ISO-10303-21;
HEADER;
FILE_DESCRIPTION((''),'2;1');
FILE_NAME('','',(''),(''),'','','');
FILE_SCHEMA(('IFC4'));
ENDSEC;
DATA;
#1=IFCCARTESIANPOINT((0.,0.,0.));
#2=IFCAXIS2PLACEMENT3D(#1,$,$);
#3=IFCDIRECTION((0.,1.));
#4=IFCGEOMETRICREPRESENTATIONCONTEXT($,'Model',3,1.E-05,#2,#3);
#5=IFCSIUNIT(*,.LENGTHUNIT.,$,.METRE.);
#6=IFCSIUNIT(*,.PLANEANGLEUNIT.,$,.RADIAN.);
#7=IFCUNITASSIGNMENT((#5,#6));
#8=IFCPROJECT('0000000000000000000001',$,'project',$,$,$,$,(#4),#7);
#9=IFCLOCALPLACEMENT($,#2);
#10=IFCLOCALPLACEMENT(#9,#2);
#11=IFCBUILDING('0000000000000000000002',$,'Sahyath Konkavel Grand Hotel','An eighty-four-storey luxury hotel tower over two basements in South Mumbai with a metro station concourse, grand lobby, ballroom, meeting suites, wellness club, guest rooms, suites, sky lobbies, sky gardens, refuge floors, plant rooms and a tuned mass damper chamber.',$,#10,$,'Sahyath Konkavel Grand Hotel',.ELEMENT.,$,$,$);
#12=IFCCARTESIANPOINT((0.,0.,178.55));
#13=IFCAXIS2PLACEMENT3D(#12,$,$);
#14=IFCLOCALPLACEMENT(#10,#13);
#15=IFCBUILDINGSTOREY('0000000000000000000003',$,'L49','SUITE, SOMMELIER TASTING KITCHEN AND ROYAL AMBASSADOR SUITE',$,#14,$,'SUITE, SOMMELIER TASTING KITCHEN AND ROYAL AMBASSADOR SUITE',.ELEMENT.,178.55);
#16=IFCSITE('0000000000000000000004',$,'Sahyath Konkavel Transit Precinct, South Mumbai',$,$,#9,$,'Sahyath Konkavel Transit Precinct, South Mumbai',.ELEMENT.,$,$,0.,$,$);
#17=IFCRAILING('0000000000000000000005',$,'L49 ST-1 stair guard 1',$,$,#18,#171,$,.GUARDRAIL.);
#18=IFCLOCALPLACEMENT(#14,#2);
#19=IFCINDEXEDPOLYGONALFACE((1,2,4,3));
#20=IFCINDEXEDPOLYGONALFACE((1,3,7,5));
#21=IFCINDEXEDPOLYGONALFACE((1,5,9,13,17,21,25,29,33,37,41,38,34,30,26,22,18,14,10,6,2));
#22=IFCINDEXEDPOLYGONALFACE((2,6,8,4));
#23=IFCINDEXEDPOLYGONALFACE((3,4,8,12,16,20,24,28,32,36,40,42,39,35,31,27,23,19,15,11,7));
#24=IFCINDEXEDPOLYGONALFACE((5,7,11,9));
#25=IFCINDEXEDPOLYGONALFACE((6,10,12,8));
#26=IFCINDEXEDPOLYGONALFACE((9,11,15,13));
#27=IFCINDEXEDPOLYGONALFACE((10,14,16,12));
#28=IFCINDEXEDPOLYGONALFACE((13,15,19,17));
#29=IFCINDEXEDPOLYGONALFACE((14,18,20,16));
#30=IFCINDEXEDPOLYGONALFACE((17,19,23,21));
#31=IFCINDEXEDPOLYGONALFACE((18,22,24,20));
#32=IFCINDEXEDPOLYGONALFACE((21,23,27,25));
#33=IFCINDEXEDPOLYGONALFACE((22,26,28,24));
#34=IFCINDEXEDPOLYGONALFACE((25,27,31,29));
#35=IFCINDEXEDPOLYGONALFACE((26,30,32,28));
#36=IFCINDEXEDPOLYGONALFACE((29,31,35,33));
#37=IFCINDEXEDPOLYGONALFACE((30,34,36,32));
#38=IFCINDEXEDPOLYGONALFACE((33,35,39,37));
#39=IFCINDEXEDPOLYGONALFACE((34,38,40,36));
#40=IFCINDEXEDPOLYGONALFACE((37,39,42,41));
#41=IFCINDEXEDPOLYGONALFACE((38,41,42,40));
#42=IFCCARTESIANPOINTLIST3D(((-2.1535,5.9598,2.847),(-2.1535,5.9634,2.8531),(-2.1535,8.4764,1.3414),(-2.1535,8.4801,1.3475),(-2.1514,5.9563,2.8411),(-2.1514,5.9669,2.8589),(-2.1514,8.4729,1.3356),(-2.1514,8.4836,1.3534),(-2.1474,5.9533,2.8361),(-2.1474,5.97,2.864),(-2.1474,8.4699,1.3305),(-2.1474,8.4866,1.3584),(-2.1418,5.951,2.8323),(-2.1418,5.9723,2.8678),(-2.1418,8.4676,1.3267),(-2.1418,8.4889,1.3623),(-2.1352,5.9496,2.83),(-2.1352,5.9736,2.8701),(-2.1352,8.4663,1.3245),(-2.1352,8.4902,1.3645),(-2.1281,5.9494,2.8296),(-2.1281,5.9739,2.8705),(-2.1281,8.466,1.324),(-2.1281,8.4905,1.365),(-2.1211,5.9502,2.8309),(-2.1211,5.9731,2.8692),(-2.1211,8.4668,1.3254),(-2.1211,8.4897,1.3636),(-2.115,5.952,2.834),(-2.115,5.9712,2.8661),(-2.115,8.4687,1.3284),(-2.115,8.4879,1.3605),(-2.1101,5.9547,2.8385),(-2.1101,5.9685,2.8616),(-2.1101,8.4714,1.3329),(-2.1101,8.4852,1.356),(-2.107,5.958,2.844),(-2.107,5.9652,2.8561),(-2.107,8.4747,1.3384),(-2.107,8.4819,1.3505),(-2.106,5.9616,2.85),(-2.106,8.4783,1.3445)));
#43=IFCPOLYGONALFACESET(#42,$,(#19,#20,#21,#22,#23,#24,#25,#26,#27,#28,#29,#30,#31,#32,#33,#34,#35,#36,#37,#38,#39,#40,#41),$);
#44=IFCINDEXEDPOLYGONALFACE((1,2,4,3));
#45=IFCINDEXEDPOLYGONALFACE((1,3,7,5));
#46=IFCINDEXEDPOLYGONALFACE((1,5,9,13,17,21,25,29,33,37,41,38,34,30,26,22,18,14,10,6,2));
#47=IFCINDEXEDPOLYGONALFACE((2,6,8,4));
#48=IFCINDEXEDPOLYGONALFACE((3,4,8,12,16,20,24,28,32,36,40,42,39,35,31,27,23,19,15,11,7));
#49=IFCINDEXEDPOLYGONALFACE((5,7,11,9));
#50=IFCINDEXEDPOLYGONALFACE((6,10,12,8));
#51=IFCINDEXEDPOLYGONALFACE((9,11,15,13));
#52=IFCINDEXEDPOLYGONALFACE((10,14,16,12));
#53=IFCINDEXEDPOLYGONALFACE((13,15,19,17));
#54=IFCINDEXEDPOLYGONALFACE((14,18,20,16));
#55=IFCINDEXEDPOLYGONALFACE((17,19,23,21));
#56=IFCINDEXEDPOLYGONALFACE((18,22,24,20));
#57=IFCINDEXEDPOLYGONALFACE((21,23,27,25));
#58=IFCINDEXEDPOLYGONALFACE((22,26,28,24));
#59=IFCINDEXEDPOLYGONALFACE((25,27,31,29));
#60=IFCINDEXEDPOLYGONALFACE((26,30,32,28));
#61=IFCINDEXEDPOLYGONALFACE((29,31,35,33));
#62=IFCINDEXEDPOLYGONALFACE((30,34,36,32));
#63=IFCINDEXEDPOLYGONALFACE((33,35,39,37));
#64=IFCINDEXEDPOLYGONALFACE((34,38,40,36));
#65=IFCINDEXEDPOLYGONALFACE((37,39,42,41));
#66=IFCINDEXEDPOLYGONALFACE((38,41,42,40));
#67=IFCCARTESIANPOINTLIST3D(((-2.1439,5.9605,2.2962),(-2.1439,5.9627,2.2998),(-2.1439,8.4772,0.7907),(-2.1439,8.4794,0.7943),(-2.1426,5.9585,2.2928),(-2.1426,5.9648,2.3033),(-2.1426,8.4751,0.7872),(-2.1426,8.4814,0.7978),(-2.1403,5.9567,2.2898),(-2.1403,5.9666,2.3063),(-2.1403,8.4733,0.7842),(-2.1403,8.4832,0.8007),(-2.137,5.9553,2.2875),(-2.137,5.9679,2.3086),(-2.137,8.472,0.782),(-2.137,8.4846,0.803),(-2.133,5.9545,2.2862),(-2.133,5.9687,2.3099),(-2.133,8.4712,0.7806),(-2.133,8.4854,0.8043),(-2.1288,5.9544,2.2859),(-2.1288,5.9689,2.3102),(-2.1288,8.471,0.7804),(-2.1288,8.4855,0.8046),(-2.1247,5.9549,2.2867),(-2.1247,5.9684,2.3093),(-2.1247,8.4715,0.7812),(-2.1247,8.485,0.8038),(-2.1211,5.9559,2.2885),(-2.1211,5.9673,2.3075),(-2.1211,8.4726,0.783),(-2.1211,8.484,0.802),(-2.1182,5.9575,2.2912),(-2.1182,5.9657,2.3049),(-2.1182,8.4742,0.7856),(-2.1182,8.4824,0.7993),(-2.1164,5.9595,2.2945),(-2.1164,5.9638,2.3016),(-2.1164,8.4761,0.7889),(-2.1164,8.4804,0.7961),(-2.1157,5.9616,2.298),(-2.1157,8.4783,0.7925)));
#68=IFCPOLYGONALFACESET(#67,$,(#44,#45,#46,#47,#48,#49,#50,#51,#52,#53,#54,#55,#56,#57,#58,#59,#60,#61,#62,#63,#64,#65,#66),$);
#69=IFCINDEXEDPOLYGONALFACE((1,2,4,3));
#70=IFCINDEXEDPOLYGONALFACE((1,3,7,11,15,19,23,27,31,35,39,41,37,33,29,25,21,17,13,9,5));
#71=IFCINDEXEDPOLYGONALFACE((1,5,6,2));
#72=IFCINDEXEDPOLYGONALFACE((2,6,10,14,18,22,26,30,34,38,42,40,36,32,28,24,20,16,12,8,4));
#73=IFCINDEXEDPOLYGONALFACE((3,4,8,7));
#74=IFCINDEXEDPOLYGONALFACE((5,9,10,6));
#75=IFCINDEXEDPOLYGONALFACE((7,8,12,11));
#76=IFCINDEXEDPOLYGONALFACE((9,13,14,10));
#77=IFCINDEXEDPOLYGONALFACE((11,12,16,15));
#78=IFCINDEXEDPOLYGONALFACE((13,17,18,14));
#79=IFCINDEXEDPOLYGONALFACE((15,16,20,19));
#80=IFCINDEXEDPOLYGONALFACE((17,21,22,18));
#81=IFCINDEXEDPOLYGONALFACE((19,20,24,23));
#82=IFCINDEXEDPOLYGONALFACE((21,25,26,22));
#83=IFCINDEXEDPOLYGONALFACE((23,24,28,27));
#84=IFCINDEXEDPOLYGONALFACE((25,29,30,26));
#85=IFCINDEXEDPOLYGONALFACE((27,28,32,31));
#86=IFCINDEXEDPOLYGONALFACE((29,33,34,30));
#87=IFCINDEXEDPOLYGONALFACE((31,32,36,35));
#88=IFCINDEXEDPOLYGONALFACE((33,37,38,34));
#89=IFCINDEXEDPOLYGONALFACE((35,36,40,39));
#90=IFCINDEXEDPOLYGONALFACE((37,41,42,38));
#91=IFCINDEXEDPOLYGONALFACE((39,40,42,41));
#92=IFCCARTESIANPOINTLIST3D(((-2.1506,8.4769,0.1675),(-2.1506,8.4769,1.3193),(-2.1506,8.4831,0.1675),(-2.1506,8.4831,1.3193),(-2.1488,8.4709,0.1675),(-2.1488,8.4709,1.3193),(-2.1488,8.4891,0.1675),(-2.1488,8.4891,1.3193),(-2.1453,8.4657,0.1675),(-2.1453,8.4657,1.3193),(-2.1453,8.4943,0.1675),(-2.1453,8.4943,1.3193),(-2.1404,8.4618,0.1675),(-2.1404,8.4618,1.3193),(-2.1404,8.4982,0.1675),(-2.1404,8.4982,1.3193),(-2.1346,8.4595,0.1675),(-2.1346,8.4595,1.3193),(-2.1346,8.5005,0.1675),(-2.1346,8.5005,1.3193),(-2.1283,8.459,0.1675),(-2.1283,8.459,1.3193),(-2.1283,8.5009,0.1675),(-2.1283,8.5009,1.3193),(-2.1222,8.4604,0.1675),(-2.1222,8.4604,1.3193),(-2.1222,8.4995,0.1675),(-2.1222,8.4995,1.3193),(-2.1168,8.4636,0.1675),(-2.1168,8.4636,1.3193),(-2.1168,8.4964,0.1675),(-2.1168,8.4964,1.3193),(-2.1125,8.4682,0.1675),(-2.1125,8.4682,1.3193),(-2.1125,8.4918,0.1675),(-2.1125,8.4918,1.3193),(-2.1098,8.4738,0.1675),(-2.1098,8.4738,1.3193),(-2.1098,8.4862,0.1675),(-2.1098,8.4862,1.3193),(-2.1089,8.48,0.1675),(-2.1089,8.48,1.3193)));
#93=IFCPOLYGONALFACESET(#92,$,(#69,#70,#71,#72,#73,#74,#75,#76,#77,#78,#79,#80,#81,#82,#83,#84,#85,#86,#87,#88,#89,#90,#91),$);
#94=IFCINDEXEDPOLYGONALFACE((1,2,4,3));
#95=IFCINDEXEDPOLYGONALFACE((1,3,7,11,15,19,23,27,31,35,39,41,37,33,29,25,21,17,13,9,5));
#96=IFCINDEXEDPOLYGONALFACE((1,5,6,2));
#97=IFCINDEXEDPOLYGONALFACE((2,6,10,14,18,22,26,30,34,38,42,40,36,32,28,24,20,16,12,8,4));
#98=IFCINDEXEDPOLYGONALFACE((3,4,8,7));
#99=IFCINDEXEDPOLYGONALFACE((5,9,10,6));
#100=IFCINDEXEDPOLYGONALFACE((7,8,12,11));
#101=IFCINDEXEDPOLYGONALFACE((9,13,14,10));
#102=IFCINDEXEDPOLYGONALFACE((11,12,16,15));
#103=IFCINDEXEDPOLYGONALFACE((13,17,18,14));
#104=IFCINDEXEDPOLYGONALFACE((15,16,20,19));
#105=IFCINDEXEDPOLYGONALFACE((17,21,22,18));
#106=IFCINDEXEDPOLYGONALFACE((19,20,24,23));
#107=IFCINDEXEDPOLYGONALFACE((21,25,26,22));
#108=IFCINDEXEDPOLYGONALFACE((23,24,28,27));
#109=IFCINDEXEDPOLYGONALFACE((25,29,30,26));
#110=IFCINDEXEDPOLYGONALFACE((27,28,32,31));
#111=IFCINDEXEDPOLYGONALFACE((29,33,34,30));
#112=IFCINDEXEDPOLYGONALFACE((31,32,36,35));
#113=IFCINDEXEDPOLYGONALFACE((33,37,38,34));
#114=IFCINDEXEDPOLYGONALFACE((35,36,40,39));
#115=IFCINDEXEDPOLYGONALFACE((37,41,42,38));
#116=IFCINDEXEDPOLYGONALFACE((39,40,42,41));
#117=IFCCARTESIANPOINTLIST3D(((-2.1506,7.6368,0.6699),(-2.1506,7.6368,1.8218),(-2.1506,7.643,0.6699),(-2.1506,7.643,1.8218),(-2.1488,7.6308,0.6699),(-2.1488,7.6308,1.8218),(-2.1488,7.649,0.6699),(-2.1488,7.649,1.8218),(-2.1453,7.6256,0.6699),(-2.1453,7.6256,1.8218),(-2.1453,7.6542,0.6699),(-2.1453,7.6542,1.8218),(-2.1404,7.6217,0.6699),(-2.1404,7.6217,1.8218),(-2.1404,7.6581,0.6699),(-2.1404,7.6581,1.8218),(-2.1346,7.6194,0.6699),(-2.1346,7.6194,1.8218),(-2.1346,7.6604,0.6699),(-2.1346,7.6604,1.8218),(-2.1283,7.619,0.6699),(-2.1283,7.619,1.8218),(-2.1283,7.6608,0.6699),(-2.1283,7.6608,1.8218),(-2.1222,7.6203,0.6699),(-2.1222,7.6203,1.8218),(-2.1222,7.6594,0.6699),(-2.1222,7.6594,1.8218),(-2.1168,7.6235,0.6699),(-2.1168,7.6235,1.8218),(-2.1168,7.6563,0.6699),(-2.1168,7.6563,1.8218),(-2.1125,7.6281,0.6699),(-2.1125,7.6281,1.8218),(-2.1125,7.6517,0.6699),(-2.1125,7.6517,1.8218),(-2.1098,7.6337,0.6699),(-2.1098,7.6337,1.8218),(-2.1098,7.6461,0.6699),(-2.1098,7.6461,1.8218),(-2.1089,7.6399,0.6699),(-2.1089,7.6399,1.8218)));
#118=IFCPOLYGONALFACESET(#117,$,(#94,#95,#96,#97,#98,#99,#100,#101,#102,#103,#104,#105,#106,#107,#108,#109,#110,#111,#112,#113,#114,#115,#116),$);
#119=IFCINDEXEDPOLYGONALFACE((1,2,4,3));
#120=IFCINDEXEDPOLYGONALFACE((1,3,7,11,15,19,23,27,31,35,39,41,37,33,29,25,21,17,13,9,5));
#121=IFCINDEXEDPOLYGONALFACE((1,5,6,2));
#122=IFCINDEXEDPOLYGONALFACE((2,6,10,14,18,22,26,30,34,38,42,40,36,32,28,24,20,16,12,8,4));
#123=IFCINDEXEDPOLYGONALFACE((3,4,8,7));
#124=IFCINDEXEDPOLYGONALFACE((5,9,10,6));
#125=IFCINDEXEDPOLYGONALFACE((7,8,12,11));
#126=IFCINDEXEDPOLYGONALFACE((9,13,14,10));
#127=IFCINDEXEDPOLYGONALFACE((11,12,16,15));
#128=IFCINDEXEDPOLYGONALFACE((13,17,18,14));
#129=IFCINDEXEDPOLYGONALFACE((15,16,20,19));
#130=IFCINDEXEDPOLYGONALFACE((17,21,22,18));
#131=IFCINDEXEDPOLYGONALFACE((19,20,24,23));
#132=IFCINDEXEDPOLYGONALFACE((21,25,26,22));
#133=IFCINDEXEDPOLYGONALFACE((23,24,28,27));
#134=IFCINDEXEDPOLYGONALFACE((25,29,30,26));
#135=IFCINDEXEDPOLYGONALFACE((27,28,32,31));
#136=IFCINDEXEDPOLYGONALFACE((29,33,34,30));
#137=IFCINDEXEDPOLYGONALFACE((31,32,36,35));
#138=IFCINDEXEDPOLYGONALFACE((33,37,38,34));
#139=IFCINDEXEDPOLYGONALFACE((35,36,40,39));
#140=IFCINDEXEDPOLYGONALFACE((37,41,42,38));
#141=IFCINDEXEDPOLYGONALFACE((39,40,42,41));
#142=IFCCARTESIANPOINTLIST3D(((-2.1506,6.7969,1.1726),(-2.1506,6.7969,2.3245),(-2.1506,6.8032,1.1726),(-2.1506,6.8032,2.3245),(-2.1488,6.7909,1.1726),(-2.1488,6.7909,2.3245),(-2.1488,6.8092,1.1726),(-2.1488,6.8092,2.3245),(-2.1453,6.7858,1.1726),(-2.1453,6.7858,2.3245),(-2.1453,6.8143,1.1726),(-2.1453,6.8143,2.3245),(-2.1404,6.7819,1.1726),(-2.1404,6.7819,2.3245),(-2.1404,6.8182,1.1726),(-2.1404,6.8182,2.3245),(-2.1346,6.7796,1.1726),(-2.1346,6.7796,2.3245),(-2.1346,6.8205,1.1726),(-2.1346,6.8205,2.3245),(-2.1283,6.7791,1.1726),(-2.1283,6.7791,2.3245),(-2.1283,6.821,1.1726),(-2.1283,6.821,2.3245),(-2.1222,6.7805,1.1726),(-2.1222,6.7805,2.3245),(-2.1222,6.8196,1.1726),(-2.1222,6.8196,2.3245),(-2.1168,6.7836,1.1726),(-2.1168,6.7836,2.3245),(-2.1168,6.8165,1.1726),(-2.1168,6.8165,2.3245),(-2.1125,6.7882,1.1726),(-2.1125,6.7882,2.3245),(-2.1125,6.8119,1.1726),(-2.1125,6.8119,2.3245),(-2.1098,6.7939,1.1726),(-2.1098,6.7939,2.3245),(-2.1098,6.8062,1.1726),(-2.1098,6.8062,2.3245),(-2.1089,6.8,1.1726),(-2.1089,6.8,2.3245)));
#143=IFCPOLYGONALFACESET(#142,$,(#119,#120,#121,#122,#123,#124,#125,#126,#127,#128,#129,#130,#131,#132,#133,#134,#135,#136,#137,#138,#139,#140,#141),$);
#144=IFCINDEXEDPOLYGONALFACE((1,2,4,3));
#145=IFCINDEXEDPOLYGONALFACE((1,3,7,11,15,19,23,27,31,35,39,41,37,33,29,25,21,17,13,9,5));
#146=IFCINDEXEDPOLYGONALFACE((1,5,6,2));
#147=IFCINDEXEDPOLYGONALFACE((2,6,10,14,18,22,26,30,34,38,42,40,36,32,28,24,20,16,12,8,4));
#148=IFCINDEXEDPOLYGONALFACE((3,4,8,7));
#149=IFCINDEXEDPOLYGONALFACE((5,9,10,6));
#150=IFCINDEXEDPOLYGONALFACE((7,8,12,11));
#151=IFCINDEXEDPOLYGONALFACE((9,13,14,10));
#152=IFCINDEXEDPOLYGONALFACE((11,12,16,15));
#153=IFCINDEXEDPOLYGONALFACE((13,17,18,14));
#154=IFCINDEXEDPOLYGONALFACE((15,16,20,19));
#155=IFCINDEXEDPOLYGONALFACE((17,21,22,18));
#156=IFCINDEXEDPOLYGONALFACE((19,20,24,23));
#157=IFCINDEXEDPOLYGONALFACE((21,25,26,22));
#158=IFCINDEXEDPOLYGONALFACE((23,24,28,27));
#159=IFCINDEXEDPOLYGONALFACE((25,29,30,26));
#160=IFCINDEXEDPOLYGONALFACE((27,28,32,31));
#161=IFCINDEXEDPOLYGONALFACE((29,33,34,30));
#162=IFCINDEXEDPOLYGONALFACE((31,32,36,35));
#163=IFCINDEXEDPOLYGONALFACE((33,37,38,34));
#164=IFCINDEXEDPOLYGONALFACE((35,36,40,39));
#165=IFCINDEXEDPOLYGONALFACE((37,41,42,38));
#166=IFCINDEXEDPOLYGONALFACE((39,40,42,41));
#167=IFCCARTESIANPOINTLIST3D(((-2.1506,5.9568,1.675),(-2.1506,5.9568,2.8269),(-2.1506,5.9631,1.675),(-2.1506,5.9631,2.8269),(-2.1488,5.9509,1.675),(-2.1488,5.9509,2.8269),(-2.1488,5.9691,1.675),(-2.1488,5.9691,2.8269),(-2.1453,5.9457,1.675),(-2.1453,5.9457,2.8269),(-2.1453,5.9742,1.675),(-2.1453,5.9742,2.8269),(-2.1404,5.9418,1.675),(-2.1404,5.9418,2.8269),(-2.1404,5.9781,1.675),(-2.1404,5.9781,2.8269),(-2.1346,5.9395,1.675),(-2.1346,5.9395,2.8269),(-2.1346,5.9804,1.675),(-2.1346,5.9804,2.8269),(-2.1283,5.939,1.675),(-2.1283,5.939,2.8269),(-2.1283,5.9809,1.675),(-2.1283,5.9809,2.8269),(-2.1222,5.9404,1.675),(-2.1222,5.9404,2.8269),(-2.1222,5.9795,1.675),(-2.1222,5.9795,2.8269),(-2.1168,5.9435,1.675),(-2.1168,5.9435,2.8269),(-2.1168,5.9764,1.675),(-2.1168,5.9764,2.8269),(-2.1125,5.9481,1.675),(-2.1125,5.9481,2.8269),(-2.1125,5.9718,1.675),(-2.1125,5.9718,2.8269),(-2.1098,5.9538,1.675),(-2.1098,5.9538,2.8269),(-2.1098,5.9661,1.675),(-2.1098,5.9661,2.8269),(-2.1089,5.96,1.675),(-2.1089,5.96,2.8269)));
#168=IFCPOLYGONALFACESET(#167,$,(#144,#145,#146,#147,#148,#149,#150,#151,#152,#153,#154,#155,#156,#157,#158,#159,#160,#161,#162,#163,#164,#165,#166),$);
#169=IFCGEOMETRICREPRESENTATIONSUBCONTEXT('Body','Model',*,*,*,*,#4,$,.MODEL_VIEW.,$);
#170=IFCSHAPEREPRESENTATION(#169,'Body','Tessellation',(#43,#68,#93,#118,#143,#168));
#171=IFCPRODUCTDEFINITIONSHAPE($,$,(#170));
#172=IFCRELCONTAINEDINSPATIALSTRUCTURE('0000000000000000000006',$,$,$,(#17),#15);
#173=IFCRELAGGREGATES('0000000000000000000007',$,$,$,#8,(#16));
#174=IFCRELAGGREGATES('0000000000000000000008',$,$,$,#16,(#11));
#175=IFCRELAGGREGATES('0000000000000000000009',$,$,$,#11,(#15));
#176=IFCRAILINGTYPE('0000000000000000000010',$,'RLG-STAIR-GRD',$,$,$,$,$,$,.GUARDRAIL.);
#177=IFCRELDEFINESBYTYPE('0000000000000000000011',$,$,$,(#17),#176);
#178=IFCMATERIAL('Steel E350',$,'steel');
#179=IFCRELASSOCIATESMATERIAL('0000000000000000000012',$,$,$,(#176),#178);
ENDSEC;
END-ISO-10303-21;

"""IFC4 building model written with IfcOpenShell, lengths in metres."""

from ifc_helpers import new_model, si_unit, direction, frame, origin, origin_2d, place, context, subcontext, project, spatial, circle, extrude, material, type_object, element, save


model = new_model("IFC4")

# Units and contexts
model_context = context("Model", 3, precision=1e-05, world=origin(), true_north=direction((0.0, 1.0)))
body_context = subcontext(model_context, "Body", "Model", "MODEL_VIEW")
ifc_project = project(units=[si_unit("LENGTHUNIT", "METRE"), si_unit("PLANEANGLEUNIT", "RADIAN")], contexts=[model_context])

# Site, building, storey
site_placement = place(None, origin())
site = spatial("IfcSite", under=ifc_project, at=site_placement, Name="Sahyath Konkavel Transit Precinct, South Mumbai", LongName="Sahyath Konkavel Transit Precinct, South Mumbai", CompositionType="ELEMENT", RefElevation=0.0)
building_placement = place(site_placement, origin())
building = spatial("IfcBuilding", under=site, at=building_placement, Name="Sahyath Konkavel Grand Hotel", Description="An eighty-four-storey luxury hotel tower over two basements in South Mumbai with a metro station concourse, grand lobby, ballroom, meeting suites, wellness club, guest rooms, suites, sky lobbies, sky gardens, refuge floors, plant rooms and a tuned mass damper chamber.", LongName="Sahyath Konkavel Grand Hotel", CompositionType="ELEMENT")
storey_placement = place(building_placement, frame((0.0, 0.0, 178.55)))
storey = spatial("IfcBuildingStorey", under=building, at=storey_placement, Name="L49", Description="SUITE, SOMMELIER TASTING KITCHEN AND ROYAL AMBASSADOR SUITE", LongName="SUITE, SOMMELIER TASTING KITCHEN AND ROYAL AMBASSADOR SUITE", CompositionType="ELEMENT", Elevation=178.55)

# Shared definitions
ifc_material_1 = material(Name="Steel E350", Category="steel")

# Railing
railing_type = type_object("IfcRailingType", Name="RLG-STAIR-GRD", PredefinedType="GUARDRAIL", material=ifc_material_1)
railing_1_placement = place(storey_placement, frame((-2.1299, 8.48, 0.1675)))
element("IfcRailing", 1, at=railing_1_placement, inside=storey, type_object=railing_type, Name="L49 ST-1 stair guard 1", PredefinedType="GUARDRAIL", context=body_context, shape_type="SweptSolid", body=[
    extrude(circle(Radius=0.0239, at=origin_2d()), frame((0.0, -0.0017, 1.177), z_axis=(0.0, -0.85816, 0.513383), x_axis=(1.0, 0.0, 0.0)), (0.0, 0.0, 1.0), 2.9326),
    extrude(circle(Radius=0.0142, at=origin_2d()), frame((0.0, -0.0017, 0.625), z_axis=(0.0, -0.85816, 0.513383), x_axis=(1.0, 0.0, 0.0)), (0.0, 0.0, 1.0), 2.9326),
    extrude(circle(Radius=0.021, at=origin_2d()), origin(), (0.0, 0.0, 1.0), 1.1519),
    extrude(circle(Radius=0.021, at=origin_2d()), frame((0.0, -0.8401, 0.5024)), (0.0, 0.0, 1.0), 1.1519),
    extrude(circle(Radius=0.021, at=origin_2d()), frame((0.0, -1.6799, 1.0051)), (0.0, 0.0, 1.0), 1.1519),
    extrude(circle(Radius=0.021, at=origin_2d()), frame((0.0, -2.52, 1.5076)), (0.0, 0.0, 1.0), 1.1519),
])

save(model, "model.ifc")
